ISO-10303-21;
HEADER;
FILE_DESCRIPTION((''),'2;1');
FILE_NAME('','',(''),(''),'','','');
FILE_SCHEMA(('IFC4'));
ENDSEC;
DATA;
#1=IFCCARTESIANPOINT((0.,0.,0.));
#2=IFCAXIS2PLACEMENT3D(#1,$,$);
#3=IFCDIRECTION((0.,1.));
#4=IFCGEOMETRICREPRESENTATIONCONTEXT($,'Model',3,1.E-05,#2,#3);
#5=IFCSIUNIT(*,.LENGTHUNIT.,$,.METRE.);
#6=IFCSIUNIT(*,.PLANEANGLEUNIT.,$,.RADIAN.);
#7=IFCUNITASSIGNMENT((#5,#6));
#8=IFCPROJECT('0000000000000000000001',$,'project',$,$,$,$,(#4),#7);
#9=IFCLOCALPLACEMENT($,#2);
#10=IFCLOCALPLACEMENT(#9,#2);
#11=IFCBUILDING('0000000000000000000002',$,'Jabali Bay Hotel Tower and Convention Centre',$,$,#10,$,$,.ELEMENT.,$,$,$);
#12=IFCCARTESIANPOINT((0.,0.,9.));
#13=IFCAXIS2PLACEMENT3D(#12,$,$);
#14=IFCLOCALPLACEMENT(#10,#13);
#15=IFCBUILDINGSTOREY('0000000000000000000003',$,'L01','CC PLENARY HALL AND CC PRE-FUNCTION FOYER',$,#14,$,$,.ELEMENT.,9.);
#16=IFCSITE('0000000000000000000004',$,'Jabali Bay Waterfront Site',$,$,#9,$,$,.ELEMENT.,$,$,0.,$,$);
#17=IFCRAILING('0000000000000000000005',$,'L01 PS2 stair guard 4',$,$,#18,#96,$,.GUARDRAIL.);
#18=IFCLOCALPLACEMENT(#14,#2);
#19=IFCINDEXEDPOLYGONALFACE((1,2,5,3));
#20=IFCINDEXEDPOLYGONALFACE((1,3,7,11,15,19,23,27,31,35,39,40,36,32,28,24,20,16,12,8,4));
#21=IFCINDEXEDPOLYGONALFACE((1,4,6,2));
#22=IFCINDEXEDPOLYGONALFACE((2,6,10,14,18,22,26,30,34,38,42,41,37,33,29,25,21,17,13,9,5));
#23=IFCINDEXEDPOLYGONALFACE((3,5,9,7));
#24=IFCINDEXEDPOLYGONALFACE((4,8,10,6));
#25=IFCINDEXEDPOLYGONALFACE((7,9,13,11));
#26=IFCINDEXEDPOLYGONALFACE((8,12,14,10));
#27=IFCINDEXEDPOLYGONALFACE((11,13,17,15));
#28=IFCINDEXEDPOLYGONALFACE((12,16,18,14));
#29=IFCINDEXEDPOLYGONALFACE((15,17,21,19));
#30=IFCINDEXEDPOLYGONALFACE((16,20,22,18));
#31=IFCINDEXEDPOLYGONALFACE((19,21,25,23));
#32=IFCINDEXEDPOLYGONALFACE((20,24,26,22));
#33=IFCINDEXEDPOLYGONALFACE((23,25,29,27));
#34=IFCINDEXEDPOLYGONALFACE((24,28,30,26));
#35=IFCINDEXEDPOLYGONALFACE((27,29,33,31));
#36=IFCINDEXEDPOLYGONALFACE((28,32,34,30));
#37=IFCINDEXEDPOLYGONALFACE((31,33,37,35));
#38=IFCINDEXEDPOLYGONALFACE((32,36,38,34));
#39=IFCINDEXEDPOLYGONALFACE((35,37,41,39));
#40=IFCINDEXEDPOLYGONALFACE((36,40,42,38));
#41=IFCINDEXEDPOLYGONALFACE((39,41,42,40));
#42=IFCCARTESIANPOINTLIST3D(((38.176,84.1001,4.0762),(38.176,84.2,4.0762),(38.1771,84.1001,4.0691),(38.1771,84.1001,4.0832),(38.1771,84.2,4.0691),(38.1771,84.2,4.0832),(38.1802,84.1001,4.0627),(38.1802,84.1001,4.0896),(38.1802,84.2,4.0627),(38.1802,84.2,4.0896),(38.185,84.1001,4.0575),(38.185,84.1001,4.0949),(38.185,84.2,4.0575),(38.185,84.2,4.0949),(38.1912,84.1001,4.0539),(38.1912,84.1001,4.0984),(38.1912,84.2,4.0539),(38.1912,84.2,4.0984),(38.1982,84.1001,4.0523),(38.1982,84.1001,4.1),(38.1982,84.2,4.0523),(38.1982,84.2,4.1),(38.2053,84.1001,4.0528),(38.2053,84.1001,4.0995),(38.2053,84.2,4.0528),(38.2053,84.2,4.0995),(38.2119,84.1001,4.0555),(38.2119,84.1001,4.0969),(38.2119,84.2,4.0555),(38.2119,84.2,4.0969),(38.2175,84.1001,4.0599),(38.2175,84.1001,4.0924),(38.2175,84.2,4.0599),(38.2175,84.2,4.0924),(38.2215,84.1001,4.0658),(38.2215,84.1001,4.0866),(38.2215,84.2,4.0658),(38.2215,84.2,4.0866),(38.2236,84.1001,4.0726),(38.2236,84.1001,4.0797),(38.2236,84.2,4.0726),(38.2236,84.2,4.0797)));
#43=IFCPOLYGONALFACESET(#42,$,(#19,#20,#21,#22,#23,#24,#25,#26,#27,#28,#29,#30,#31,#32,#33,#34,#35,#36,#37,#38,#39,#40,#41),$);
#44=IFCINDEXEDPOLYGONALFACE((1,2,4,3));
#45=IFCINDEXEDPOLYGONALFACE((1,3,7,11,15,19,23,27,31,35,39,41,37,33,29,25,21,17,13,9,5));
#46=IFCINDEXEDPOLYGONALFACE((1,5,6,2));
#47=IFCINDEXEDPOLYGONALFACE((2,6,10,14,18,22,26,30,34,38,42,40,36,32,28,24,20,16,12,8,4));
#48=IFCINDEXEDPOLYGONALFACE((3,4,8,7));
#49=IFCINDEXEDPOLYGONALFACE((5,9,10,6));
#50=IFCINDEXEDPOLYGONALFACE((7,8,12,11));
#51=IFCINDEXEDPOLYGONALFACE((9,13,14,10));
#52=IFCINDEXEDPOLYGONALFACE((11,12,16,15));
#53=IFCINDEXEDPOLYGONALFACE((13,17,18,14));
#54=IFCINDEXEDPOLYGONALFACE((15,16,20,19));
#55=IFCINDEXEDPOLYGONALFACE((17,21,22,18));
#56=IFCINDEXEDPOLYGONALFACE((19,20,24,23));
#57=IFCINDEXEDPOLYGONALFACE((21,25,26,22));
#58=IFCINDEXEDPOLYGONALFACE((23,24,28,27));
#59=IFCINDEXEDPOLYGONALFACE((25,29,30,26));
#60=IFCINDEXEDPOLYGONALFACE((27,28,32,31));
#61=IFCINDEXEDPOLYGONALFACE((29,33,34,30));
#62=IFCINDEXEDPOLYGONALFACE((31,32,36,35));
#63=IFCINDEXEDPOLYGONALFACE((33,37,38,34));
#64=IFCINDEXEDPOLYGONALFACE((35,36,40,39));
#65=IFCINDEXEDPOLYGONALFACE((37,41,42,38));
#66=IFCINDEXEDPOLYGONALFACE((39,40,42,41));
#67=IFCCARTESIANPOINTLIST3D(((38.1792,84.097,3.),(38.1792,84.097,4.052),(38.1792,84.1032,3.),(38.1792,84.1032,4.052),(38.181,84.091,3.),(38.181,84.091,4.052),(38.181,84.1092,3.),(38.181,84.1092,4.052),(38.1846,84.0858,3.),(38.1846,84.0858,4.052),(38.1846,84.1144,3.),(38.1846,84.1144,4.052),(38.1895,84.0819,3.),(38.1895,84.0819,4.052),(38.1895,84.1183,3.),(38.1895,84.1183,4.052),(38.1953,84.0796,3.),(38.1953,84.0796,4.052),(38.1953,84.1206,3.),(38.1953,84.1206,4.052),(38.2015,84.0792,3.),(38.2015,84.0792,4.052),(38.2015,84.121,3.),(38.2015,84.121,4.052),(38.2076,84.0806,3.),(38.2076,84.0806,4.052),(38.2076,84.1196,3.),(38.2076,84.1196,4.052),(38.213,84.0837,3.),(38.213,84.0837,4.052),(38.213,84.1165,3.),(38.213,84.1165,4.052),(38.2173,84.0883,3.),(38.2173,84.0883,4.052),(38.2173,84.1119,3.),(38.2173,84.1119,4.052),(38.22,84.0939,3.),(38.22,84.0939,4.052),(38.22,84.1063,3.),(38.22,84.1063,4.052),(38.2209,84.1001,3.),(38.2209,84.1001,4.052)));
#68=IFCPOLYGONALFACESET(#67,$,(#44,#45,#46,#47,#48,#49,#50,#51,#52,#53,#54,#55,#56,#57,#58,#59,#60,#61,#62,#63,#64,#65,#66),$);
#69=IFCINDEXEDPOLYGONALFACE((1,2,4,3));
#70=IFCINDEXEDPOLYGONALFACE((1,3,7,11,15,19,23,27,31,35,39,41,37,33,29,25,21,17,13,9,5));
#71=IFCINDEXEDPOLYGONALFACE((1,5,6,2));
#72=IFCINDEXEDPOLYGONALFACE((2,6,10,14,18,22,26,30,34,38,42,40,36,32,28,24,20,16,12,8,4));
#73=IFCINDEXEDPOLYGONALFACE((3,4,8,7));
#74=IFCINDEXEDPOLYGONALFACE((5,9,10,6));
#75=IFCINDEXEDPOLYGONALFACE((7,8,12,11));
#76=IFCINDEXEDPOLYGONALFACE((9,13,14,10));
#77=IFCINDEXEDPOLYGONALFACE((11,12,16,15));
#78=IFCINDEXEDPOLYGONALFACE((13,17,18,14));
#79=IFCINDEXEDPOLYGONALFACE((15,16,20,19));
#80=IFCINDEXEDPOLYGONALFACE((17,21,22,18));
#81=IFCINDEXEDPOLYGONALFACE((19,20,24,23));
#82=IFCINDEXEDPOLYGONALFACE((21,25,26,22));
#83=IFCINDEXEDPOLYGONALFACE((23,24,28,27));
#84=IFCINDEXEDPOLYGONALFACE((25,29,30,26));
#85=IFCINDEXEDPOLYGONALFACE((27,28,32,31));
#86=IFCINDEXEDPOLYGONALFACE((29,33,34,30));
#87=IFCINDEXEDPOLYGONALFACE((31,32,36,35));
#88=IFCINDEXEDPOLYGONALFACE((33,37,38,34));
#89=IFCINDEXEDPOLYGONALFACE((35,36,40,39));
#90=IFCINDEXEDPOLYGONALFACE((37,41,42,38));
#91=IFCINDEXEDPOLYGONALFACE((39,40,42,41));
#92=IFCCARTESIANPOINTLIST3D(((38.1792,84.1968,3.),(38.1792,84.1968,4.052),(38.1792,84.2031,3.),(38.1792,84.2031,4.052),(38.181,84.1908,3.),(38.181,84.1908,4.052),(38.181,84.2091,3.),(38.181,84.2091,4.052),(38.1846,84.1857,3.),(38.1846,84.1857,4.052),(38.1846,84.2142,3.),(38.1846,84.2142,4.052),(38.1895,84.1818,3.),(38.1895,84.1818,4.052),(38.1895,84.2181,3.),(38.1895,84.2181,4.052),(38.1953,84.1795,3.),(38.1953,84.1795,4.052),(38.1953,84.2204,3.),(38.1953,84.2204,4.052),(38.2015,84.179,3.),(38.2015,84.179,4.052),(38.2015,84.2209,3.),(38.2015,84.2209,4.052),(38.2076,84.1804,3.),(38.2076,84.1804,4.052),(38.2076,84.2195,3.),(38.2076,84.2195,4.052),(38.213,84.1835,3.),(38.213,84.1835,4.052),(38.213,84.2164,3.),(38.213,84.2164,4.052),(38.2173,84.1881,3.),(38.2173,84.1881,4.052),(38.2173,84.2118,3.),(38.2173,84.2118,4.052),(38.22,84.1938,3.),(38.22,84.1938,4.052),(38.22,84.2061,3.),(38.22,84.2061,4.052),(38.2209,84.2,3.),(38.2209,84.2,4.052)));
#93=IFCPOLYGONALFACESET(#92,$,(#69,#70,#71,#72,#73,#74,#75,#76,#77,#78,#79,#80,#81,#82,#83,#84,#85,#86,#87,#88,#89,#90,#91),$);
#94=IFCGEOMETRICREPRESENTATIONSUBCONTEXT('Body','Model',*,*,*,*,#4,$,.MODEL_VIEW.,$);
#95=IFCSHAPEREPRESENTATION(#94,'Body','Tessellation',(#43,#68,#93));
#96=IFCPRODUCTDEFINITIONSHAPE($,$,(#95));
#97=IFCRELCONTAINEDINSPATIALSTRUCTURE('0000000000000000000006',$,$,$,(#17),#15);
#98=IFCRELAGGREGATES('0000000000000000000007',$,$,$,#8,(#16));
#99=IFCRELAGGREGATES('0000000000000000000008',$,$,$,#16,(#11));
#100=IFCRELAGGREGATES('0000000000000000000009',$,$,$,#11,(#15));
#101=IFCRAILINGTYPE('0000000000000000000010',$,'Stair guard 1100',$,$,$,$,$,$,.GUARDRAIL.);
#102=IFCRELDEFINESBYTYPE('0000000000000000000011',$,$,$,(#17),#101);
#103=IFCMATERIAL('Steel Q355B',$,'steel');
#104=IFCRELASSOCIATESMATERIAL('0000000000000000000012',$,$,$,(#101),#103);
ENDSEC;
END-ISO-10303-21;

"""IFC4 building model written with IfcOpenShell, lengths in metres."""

from ifc_helpers import new_model, si_unit, direction, frame, origin, origin_2d, place, context, subcontext, project, spatial, circle, extrude, material, type_object, element, save


model = new_model("IFC4")

# Units and contexts
model_context = context("Model", 3, precision=1e-05, world=origin(), true_north=direction((0.0, 1.0)))
body_context = subcontext(model_context, "Body", "Model", "MODEL_VIEW")
ifc_project = project(units=[si_unit("LENGTHUNIT", "METRE"), si_unit("PLANEANGLEUNIT", "RADIAN")], contexts=[model_context])

# Site, building, storey
site_placement = place(None, origin())
site = spatial("IfcSite", under=ifc_project, at=site_placement, Name="Jabali Bay Waterfront Site", CompositionType="ELEMENT", RefElevation=0.0)
building_placement = place(site_placement, origin())
building = spatial("IfcBuilding", under=site, at=building_placement, Name="Jabali Bay Hotel Tower and Convention Centre", CompositionType="ELEMENT")
storey_placement = place(building_placement, frame((0.0, 0.0, 9.0)))
storey = spatial("IfcBuildingStorey", under=building, at=storey_placement, Name="L01", Description="CC PLENARY HALL AND CC PRE-FUNCTION FOYER", CompositionType="ELEMENT", Elevation=9.0)

# Railing
ifc_material_1 = material(Name="Steel Q355B", Category="steel")
railing_type_1 = type_object("IfcRailingType", Name="Stair guard 1100", PredefinedType="GUARDRAIL", material=ifc_material_1)
railing_1_placement = place(storey_placement, frame((38.2, 84.1001, 3.0)))
element("IfcRailing", 1, at=railing_1_placement, inside=storey, type_object=railing_type_1, Name="L01 PS2 stair guard 4", PredefinedType="GUARDRAIL", context=body_context, shape_type="SweptSolid", body=[
    extrude(circle(Radius=0.0239, at=origin_2d()), frame((0.0, 0.0, 1.0762), z_axis=(0.0, 1.0, 0.0), x_axis=(-1.0, 0.0, 0.0)), (0.0, 0.0, 1.0), 0.0999),
    extrude(circle(Radius=0.021, at=origin_2d()), origin(), (0.0, 0.0, 1.0), 1.052),
    extrude(circle(Radius=0.021, at=origin_2d()), frame((0.0, 0.0999, 0.0)), (0.0, 0.0, 1.0), 1.052),
])

save(model, "model.ifc")
